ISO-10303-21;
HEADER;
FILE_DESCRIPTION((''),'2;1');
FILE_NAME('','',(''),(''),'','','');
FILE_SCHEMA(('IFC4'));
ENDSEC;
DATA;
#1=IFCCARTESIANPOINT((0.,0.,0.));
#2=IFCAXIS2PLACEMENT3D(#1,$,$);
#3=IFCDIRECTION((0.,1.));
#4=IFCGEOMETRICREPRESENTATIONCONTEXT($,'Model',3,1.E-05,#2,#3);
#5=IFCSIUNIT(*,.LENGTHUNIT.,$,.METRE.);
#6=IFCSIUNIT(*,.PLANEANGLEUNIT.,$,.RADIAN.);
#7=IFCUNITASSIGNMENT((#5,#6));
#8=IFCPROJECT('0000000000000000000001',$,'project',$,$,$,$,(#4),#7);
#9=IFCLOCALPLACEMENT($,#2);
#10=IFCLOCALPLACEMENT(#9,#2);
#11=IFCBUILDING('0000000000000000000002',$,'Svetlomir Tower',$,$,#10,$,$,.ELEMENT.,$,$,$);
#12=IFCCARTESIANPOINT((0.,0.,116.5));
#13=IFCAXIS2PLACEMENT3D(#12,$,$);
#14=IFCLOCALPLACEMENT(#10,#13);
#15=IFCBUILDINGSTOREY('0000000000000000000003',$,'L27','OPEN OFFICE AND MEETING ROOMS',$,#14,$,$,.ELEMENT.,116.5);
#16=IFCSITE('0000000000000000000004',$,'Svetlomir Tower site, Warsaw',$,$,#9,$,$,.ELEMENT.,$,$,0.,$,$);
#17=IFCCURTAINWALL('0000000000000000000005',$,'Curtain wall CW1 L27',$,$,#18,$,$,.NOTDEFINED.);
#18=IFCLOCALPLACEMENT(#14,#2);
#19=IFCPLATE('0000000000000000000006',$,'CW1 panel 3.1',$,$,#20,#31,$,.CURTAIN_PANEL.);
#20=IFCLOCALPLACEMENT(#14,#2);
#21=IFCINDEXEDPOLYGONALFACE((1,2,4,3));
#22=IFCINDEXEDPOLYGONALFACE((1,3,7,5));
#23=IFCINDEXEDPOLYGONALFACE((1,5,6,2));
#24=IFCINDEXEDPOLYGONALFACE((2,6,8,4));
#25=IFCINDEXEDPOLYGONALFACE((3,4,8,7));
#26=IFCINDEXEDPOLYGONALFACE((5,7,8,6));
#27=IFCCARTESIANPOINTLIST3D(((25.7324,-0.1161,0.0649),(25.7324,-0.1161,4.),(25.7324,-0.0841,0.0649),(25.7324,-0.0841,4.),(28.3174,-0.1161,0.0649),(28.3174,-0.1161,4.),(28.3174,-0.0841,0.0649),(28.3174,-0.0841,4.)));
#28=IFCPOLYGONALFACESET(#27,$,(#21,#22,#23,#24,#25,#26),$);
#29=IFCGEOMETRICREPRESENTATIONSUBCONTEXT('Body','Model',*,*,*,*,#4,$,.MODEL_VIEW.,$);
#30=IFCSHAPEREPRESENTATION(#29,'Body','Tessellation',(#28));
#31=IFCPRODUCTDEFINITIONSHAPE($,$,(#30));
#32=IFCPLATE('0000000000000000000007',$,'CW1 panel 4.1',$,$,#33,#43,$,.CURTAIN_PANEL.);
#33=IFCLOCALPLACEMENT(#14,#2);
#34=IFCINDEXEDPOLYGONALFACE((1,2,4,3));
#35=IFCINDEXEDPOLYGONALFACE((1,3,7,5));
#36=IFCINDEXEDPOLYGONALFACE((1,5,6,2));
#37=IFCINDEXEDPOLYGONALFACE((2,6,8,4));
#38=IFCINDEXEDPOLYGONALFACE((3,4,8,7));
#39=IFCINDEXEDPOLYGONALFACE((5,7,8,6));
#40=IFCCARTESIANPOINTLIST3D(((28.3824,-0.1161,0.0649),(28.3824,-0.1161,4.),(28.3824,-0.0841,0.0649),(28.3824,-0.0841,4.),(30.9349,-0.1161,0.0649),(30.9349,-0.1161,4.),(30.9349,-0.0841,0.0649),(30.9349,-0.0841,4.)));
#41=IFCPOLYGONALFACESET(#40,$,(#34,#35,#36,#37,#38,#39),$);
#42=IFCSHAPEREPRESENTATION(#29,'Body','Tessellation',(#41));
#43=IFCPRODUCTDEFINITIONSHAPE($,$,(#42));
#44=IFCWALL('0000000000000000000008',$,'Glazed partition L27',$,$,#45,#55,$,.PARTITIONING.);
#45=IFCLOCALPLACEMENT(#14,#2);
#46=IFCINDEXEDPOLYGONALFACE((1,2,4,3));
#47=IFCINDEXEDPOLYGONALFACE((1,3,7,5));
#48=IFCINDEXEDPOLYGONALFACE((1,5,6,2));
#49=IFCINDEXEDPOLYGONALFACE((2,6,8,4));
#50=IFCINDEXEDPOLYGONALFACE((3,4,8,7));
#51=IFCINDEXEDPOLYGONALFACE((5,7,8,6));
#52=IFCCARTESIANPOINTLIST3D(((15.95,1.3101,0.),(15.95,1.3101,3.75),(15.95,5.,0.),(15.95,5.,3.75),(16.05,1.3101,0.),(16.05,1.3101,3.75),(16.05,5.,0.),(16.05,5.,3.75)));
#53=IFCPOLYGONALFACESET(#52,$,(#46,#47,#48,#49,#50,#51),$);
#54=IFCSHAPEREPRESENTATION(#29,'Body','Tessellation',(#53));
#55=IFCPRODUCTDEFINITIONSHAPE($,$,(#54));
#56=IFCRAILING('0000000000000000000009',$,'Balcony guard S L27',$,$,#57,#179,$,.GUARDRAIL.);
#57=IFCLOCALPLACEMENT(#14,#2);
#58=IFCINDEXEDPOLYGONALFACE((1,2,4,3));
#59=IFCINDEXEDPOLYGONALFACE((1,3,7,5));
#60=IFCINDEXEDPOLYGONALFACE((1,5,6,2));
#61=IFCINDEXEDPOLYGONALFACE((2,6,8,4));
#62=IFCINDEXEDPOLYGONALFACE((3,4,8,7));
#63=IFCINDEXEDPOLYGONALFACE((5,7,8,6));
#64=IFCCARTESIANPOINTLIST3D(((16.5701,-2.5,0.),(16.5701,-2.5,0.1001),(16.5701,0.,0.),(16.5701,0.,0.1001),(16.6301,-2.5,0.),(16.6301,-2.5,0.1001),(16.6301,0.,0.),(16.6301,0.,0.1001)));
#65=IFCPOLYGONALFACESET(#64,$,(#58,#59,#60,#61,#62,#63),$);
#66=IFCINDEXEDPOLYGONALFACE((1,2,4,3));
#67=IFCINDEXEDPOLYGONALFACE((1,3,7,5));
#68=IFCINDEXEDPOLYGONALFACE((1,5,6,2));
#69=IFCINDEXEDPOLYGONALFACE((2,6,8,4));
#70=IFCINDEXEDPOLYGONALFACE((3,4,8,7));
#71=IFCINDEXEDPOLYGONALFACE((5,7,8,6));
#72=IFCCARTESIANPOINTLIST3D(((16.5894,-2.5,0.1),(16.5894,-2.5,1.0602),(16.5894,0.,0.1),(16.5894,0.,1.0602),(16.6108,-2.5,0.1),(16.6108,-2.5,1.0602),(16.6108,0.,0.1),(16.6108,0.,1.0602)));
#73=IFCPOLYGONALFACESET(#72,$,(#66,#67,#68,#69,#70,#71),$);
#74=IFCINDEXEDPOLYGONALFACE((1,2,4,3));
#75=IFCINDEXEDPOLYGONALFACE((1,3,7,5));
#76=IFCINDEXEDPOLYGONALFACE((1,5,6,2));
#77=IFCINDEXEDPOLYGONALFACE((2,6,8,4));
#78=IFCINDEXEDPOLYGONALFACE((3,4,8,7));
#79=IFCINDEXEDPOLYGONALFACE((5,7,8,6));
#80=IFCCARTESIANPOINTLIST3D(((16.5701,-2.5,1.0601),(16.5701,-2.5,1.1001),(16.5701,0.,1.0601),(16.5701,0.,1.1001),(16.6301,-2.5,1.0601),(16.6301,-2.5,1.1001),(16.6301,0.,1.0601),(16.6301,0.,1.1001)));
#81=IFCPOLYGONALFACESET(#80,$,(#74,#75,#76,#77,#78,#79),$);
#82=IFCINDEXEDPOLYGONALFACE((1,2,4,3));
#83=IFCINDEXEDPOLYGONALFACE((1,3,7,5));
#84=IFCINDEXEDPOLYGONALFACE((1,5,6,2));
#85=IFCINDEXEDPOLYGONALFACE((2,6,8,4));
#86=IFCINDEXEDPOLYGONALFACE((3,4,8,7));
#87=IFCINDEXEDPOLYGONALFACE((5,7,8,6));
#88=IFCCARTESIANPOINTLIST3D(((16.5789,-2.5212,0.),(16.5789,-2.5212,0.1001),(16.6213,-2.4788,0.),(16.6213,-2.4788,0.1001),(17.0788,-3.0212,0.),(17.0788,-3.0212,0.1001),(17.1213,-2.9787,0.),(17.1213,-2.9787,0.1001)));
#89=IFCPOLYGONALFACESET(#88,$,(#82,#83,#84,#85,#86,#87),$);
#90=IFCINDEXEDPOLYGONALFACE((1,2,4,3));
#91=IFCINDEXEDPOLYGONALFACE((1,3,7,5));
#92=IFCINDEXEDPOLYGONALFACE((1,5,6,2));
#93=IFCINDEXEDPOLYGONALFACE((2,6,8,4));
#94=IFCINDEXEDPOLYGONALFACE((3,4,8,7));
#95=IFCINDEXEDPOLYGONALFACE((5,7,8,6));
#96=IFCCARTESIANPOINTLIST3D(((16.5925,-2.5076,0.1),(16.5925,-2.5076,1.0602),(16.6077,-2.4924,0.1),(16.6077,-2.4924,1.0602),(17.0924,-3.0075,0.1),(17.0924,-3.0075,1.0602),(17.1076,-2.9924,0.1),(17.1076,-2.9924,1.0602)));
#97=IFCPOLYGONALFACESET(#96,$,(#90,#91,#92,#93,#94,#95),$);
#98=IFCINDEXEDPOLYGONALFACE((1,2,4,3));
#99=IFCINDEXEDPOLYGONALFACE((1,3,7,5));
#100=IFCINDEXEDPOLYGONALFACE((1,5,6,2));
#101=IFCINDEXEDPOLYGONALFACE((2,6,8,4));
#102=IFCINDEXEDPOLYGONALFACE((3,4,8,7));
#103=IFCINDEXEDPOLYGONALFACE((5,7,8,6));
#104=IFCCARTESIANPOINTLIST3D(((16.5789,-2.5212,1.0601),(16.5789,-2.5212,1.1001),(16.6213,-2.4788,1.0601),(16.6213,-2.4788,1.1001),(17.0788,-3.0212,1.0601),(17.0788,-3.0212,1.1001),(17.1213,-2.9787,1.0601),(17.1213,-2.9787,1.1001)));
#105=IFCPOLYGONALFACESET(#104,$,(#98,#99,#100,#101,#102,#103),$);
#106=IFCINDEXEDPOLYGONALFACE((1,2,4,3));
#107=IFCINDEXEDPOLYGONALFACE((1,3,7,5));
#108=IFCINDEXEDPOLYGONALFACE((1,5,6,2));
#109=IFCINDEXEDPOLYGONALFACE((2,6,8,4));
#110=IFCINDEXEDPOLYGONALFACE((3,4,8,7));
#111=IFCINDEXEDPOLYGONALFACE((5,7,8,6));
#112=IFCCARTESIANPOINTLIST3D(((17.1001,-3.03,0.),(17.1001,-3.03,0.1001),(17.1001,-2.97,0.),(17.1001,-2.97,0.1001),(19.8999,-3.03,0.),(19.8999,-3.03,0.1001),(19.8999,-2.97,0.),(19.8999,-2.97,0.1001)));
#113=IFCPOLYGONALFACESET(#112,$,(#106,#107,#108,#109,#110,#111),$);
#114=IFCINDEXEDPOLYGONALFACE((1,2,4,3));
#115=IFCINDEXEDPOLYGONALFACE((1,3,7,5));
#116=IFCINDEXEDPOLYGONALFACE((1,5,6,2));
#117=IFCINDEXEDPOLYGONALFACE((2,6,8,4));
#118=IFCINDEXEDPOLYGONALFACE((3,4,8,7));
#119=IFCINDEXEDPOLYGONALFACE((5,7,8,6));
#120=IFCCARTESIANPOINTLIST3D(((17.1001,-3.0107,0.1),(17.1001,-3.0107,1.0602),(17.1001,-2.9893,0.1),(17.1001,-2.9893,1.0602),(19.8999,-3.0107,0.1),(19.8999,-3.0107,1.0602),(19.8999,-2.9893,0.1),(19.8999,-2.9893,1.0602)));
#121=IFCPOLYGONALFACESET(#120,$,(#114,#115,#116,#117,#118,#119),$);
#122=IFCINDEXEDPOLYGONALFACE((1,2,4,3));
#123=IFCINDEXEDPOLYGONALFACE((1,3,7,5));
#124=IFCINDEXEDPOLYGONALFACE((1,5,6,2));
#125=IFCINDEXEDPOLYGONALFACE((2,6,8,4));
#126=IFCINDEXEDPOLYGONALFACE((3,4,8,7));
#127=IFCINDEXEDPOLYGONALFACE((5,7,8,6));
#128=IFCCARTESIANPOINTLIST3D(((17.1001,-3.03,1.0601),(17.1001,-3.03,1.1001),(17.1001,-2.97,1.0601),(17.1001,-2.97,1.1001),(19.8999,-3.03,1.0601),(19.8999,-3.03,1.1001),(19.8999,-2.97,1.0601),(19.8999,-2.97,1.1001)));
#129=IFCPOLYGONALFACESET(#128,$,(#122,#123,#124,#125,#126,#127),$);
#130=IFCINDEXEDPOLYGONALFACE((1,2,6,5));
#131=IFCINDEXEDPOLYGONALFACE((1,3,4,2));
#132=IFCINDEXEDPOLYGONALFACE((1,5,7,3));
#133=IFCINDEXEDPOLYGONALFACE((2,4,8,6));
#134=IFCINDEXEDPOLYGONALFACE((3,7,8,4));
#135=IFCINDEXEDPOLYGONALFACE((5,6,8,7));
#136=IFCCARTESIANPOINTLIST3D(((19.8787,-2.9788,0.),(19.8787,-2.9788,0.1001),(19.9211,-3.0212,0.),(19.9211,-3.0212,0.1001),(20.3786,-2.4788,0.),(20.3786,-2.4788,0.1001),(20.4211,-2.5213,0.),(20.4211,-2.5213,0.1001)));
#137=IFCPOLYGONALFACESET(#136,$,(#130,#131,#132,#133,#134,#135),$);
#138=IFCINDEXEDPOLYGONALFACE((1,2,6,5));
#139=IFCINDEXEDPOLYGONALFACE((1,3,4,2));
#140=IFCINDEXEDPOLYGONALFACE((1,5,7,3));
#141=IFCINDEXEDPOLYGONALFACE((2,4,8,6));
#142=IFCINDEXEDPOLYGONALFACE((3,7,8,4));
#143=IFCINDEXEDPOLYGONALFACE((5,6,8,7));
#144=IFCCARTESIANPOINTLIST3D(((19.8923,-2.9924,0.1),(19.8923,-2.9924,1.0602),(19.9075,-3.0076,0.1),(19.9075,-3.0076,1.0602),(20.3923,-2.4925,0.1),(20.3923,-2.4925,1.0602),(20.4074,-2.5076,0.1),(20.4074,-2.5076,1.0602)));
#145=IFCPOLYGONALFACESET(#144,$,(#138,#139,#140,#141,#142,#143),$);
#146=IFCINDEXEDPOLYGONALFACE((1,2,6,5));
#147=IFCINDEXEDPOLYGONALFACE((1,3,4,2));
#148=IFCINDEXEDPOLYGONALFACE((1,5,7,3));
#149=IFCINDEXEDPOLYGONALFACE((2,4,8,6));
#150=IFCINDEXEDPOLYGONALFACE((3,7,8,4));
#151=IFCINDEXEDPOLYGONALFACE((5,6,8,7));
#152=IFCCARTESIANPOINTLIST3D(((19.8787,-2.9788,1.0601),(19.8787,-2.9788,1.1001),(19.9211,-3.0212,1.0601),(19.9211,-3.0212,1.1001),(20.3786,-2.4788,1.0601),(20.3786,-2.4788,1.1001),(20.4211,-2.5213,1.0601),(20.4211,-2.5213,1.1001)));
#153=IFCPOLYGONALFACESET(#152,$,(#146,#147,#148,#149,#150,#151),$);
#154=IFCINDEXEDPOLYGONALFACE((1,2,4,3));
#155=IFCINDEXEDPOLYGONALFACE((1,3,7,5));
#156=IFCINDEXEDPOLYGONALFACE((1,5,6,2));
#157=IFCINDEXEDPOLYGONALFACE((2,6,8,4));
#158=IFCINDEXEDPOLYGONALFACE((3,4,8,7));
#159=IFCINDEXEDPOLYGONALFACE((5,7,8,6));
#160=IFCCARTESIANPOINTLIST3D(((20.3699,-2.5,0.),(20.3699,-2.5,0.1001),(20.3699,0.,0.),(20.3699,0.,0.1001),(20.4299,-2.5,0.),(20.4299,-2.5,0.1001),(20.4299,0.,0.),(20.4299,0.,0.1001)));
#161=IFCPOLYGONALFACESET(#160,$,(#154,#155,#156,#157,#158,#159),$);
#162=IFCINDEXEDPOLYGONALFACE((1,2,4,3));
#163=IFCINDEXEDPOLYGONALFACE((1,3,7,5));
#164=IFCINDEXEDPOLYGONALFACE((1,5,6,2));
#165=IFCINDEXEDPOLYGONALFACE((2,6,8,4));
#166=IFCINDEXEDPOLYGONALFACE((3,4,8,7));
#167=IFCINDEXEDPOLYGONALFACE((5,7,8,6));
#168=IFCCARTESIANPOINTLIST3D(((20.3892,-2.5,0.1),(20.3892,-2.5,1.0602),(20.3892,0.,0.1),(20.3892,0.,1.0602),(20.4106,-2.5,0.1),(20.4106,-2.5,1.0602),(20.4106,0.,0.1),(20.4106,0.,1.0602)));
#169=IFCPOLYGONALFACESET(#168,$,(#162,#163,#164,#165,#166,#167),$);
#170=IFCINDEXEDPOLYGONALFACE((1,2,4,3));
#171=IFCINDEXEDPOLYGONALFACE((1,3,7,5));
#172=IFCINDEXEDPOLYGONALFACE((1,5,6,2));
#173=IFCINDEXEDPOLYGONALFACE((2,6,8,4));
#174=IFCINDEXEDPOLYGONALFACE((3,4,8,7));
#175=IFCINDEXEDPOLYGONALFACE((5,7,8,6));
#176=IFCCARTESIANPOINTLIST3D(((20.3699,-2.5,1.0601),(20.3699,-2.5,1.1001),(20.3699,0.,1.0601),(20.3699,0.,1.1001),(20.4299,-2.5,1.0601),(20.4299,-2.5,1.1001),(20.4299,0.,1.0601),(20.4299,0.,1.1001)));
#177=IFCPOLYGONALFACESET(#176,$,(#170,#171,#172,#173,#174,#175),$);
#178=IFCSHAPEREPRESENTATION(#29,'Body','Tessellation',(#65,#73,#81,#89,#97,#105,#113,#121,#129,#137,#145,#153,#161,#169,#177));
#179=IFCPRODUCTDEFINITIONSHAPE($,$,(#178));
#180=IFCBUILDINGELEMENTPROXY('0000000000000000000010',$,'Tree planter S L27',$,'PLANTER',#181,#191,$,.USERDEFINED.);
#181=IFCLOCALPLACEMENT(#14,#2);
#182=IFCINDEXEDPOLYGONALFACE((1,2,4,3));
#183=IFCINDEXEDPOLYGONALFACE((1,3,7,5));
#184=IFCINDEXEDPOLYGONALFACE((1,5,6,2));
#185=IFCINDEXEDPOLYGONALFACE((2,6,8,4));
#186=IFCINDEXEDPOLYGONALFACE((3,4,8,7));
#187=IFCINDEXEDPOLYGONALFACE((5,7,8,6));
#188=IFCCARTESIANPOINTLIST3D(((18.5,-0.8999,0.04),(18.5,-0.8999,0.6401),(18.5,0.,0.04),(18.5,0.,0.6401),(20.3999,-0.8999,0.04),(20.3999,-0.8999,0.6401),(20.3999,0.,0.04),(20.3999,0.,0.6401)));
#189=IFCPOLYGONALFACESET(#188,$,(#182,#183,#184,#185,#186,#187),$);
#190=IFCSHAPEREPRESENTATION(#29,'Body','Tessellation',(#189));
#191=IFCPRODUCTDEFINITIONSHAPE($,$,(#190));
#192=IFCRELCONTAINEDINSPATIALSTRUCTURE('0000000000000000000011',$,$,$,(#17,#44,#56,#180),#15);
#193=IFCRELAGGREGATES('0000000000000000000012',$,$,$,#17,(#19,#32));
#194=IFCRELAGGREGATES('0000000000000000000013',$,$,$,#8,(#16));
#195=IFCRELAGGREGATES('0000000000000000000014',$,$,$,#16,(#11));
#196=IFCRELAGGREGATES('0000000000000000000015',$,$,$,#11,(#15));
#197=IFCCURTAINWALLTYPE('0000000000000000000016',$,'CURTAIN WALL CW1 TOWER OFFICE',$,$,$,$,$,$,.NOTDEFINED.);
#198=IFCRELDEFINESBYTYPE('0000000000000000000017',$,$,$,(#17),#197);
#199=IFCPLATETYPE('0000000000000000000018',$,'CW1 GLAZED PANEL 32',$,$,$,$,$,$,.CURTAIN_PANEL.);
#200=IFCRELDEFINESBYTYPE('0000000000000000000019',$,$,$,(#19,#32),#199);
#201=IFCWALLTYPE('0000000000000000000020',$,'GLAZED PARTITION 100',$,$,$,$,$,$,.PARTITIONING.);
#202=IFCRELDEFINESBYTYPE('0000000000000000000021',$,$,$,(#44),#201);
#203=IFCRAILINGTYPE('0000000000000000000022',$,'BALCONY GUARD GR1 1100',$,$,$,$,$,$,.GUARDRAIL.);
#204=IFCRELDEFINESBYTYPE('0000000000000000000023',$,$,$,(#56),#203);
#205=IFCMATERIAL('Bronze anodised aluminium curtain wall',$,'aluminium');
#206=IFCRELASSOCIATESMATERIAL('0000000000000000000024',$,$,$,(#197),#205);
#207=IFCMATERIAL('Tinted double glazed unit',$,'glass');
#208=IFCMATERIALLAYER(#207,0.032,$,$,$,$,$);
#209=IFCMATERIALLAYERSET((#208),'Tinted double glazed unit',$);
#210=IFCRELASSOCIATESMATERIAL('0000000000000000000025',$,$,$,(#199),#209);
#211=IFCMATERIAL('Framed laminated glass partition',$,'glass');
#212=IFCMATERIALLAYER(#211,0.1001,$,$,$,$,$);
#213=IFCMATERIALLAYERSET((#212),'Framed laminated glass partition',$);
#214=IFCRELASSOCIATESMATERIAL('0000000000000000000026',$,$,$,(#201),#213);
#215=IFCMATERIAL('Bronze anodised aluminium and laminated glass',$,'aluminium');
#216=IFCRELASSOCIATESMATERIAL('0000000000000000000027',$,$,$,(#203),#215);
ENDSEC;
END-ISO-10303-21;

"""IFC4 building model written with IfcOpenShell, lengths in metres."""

from ifc_helpers import new_model, si_unit, direction, frame, frame_2d, origin, origin_2d, place, context, subcontext, project, spatial, rectangle, extrude, material, layer, layer_set, type_object, element, aggregate, save


model = new_model("IFC4")

# Units and contexts
model_context = context("Model", 3, precision=1e-05, world=origin(), true_north=direction((0.0, 1.0)))
body_context = subcontext(model_context, "Body", "Model", "MODEL_VIEW")
ifc_project = project(units=[si_unit("LENGTHUNIT", "METRE"), si_unit("PLANEANGLEUNIT", "RADIAN")], contexts=[model_context])

# Site, building, storey
site_placement = place(None, origin())
site = spatial("IfcSite", under=ifc_project, at=site_placement, Name="Svetlomir Tower site, Warsaw", CompositionType="ELEMENT", RefElevation=0.0)
building_placement = place(site_placement, origin())
building = spatial("IfcBuilding", under=site, at=building_placement, Name="Svetlomir Tower", CompositionType="ELEMENT")
storey_placement = place(building_placement, frame((0.0, 0.0, 116.5)))
storey = spatial("IfcBuildingStorey", under=building, at=storey_placement, Name="L27", Description="OPEN OFFICE AND MEETING ROOMS", CompositionType="ELEMENT", Elevation=116.5)

# Curtain wall
ifc_material_1 = material(Name="Bronze anodised aluminium curtain wall", Category="aluminium")
curtain_wall_type = type_object("IfcCurtainWallType", Name="CURTAIN WALL CW1 TOWER OFFICE", PredefinedType="NOTDEFINED", material=ifc_material_1)
curtain_wall_1_placement = place(storey_placement, origin())
curtain_wall_1 = element("IfcCurtainWall", 1, at=curtain_wall_1_placement, inside=storey, type_object=curtain_wall_type, Name="Curtain wall CW1 L27", PredefinedType="NOTDEFINED")

# Plates
ifc_material_2 = material(Name="Tinted double glazed unit", Category="glass")
ifc_layer_1 = layer(ifc_material_2, 0.032)
ifc_layer_set_1 = layer_set([ifc_layer_1], Name="Tinted double glazed unit")
plate_type = type_object("IfcPlateType", Name="CW1 GLAZED PANEL 32", PredefinedType="CURTAIN_PANEL", material=ifc_layer_set_1)
plate_1_placement = place(storey_placement, frame((27.0249, -0.1001, 0.0649), z_axis=(0.0, 0.0, 1.0), x_axis=(1.0, 0.0, 0.0)))
plate_1 = element("IfcPlate", 2, at=plate_1_placement, type_object=plate_type, Name="CW1 panel 3.1", PredefinedType="CURTAIN_PANEL", context=body_context, shape_type="SweptSolid", body=[
    extrude(rectangle(XDim=2.585, YDim=0.032, at=origin_2d()), origin(), (0.0, 0.0, 1.0), 3.9351),
])
plate_2_placement = place(storey_placement, frame((29.6587, -0.1001, 0.0649), z_axis=(0.0, 0.0, 1.0), x_axis=(1.0, 0.0, 0.0)))
plate_2 = element("IfcPlate", 3, at=plate_2_placement, type_object=plate_type, Name="CW1 panel 4.1", PredefinedType="CURTAIN_PANEL", context=body_context, shape_type="SweptSolid", body=[
    extrude(rectangle(XDim=2.5525, YDim=0.032, at=origin_2d()), origin(), (0.0, 0.0, 1.0), 3.9351),
])
aggregate(curtain_wall_1, [plate_1, plate_2])

# Wall
ifc_material_3 = material(Name="Framed laminated glass partition", Category="glass")
ifc_layer_2 = layer(ifc_material_3, 0.1001)
ifc_layer_set_2 = layer_set([ifc_layer_2], Name="Framed laminated glass partition")
wall_type_1 = type_object("IfcWallType", Name="GLAZED PARTITION 100", PredefinedType="PARTITIONING", material=ifc_layer_set_2)
wall_1_placement = place(storey_placement, frame((16.0, 1.3101, 0.0), z_axis=(0.0, 0.0, 1.0), x_axis=(0.0, 1.0, 0.0)))
element("IfcWall", 4, at=wall_1_placement, inside=storey, type_object=wall_type_1, Name="Glazed partition L27", PredefinedType="PARTITIONING", context=body_context, shape_type="SweptSolid", body=[
    extrude(rectangle(XDim=3.6899, YDim=0.1001, at=frame_2d((1.845, 0.0))), origin(), (0.0, 0.0, 1.0), 3.75),
])

# Railing
ifc_material_4 = material(Name="Bronze anodised aluminium and laminated glass", Category="aluminium")
railing_type = type_object("IfcRailingType", Name="BALCONY GUARD GR1 1100", PredefinedType="GUARDRAIL", material=ifc_material_4)
railing_placement = place(storey_placement, frame((16.6001, 0.0, 0.0)))
element("IfcRailing", 5, at=railing_placement, inside=storey, type_object=railing_type, Name="Balcony guard S L27", PredefinedType="GUARDRAIL", context=body_context, shape_type="SweptSolid", body=[
    extrude(rectangle(XDim=0.0601, YDim=0.1001, at=origin_2d()), frame((0.0, 0.0, 0.05), z_axis=(0.0, -1.0, 0.0), x_axis=(1.0, 0.0, 0.0)), (0.0, 0.0, 1.0), 2.5),
    extrude(rectangle(XDim=0.0215, YDim=0.9602, at=origin_2d()), frame((0.0, 0.0, 0.5801), z_axis=(0.0, -1.0, 0.0), x_axis=(1.0, 0.0, 0.0)), (0.0, 0.0, 1.0), 2.5),
    extrude(rectangle(XDim=0.0601, YDim=0.04, at=origin_2d()), frame((0.0, 0.0, 1.0801), z_axis=(0.0, -1.0, 0.0), x_axis=(1.0, 0.0, 0.0)), (0.0, 0.0, 1.0), 2.5),
    extrude(rectangle(XDim=0.0601, YDim=0.1001, at=origin_2d()), frame((0.0, -2.5, 0.05), z_axis=(0.707107, -0.707107, 0.0), x_axis=(0.707107, 0.707107, 0.0)), (0.0, 0.0, 1.0), 0.707),
    extrude(rectangle(XDim=0.0215, YDim=0.9602, at=origin_2d()), frame((0.0, -2.5, 0.5801), z_axis=(0.707107, -0.707107, 0.0), x_axis=(0.707107, 0.707107, 0.0)), (0.0, 0.0, 1.0), 0.707),
    extrude(rectangle(XDim=0.0601, YDim=0.04, at=origin_2d()), frame((0.0, -2.5, 1.0801), z_axis=(0.707107, -0.707107, 0.0), x_axis=(0.707107, 0.707107, 0.0)), (0.0, 0.0, 1.0), 0.707),
    extrude(rectangle(XDim=0.0601, YDim=0.1001, at=origin_2d()), frame((0.5, -3.0, 0.05), z_axis=(1.0, 0.0, 0.0), x_axis=(0.0, 1.0, 0.0)), (0.0, 0.0, 1.0), 2.7998),
    extrude(rectangle(XDim=0.0215, YDim=0.9602, at=origin_2d()), frame((0.5, -3.0, 0.5801), z_axis=(1.0, 0.0, 0.0), x_axis=(0.0, 1.0, 0.0)), (0.0, 0.0, 1.0), 2.7998),
    extrude(rectangle(XDim=0.0601, YDim=0.04, at=origin_2d()), frame((0.5, -3.0, 1.0801), z_axis=(1.0, 0.0, 0.0), x_axis=(0.0, 1.0, 0.0)), (0.0, 0.0, 1.0), 2.7998),
    extrude(rectangle(XDim=0.0601, YDim=0.1001, at=origin_2d()), frame((3.2998, -3.0, 0.05), z_axis=(0.707107, 0.707107, 0.0), x_axis=(-0.707107, 0.707107, 0.0)), (0.0, 0.0, 1.0), 0.707),
    extrude(rectangle(XDim=0.0215, YDim=0.9602, at=origin_2d()), frame((3.2998, -3.0, 0.5801), z_axis=(0.707107, 0.707107, 0.0), x_axis=(-0.707107, 0.707107, 0.0)), (0.0, 0.0, 1.0), 0.707),
    extrude(rectangle(XDim=0.0601, YDim=0.04, at=origin_2d()), frame((3.2998, -3.0, 1.0801), z_axis=(0.707107, 0.707107, 0.0), x_axis=(-0.707107, 0.707107, 0.0)), (0.0, 0.0, 1.0), 0.707),
    extrude(rectangle(XDim=0.0601, YDim=0.1001, at=origin_2d()), frame((3.7998, -2.5, 0.05), z_axis=(0.0, 1.0, 0.0), x_axis=(-1.0, 0.0, 0.0)), (0.0, 0.0, 1.0), 2.5),
    extrude(rectangle(XDim=0.0215, YDim=0.9602, at=origin_2d()), frame((3.7998, -2.5, 0.5801), z_axis=(0.0, 1.0, 0.0), x_axis=(-1.0, 0.0, 0.0)), (0.0, 0.0, 1.0), 2.5),
    extrude(rectangle(XDim=0.0601, YDim=0.04, at=origin_2d()), frame((3.7998, -2.5, 1.0801), z_axis=(0.0, 1.0, 0.0), x_axis=(-1.0, 0.0, 0.0)), (0.0, 0.0, 1.0), 2.5),
])

# Building element proxy
proxy_placement = place(storey_placement, frame((19.45, -0.45, 0.04), z_axis=(0.0, 0.0, 1.0), x_axis=(1.0, 0.0, 0.0)))
element("IfcBuildingElementProxy", 6, at=proxy_placement, inside=storey, Name="Tree planter S L27", ObjectType="PLANTER", PredefinedType="USERDEFINED", context=body_context, shape_type="SweptSolid", body=[
    extrude(rectangle(XDim=1.8999, YDim=0.8999, at=origin_2d()), origin(), (0.0, 0.0, 1.0), 0.6001),
])

save(model, "model.ifc")
